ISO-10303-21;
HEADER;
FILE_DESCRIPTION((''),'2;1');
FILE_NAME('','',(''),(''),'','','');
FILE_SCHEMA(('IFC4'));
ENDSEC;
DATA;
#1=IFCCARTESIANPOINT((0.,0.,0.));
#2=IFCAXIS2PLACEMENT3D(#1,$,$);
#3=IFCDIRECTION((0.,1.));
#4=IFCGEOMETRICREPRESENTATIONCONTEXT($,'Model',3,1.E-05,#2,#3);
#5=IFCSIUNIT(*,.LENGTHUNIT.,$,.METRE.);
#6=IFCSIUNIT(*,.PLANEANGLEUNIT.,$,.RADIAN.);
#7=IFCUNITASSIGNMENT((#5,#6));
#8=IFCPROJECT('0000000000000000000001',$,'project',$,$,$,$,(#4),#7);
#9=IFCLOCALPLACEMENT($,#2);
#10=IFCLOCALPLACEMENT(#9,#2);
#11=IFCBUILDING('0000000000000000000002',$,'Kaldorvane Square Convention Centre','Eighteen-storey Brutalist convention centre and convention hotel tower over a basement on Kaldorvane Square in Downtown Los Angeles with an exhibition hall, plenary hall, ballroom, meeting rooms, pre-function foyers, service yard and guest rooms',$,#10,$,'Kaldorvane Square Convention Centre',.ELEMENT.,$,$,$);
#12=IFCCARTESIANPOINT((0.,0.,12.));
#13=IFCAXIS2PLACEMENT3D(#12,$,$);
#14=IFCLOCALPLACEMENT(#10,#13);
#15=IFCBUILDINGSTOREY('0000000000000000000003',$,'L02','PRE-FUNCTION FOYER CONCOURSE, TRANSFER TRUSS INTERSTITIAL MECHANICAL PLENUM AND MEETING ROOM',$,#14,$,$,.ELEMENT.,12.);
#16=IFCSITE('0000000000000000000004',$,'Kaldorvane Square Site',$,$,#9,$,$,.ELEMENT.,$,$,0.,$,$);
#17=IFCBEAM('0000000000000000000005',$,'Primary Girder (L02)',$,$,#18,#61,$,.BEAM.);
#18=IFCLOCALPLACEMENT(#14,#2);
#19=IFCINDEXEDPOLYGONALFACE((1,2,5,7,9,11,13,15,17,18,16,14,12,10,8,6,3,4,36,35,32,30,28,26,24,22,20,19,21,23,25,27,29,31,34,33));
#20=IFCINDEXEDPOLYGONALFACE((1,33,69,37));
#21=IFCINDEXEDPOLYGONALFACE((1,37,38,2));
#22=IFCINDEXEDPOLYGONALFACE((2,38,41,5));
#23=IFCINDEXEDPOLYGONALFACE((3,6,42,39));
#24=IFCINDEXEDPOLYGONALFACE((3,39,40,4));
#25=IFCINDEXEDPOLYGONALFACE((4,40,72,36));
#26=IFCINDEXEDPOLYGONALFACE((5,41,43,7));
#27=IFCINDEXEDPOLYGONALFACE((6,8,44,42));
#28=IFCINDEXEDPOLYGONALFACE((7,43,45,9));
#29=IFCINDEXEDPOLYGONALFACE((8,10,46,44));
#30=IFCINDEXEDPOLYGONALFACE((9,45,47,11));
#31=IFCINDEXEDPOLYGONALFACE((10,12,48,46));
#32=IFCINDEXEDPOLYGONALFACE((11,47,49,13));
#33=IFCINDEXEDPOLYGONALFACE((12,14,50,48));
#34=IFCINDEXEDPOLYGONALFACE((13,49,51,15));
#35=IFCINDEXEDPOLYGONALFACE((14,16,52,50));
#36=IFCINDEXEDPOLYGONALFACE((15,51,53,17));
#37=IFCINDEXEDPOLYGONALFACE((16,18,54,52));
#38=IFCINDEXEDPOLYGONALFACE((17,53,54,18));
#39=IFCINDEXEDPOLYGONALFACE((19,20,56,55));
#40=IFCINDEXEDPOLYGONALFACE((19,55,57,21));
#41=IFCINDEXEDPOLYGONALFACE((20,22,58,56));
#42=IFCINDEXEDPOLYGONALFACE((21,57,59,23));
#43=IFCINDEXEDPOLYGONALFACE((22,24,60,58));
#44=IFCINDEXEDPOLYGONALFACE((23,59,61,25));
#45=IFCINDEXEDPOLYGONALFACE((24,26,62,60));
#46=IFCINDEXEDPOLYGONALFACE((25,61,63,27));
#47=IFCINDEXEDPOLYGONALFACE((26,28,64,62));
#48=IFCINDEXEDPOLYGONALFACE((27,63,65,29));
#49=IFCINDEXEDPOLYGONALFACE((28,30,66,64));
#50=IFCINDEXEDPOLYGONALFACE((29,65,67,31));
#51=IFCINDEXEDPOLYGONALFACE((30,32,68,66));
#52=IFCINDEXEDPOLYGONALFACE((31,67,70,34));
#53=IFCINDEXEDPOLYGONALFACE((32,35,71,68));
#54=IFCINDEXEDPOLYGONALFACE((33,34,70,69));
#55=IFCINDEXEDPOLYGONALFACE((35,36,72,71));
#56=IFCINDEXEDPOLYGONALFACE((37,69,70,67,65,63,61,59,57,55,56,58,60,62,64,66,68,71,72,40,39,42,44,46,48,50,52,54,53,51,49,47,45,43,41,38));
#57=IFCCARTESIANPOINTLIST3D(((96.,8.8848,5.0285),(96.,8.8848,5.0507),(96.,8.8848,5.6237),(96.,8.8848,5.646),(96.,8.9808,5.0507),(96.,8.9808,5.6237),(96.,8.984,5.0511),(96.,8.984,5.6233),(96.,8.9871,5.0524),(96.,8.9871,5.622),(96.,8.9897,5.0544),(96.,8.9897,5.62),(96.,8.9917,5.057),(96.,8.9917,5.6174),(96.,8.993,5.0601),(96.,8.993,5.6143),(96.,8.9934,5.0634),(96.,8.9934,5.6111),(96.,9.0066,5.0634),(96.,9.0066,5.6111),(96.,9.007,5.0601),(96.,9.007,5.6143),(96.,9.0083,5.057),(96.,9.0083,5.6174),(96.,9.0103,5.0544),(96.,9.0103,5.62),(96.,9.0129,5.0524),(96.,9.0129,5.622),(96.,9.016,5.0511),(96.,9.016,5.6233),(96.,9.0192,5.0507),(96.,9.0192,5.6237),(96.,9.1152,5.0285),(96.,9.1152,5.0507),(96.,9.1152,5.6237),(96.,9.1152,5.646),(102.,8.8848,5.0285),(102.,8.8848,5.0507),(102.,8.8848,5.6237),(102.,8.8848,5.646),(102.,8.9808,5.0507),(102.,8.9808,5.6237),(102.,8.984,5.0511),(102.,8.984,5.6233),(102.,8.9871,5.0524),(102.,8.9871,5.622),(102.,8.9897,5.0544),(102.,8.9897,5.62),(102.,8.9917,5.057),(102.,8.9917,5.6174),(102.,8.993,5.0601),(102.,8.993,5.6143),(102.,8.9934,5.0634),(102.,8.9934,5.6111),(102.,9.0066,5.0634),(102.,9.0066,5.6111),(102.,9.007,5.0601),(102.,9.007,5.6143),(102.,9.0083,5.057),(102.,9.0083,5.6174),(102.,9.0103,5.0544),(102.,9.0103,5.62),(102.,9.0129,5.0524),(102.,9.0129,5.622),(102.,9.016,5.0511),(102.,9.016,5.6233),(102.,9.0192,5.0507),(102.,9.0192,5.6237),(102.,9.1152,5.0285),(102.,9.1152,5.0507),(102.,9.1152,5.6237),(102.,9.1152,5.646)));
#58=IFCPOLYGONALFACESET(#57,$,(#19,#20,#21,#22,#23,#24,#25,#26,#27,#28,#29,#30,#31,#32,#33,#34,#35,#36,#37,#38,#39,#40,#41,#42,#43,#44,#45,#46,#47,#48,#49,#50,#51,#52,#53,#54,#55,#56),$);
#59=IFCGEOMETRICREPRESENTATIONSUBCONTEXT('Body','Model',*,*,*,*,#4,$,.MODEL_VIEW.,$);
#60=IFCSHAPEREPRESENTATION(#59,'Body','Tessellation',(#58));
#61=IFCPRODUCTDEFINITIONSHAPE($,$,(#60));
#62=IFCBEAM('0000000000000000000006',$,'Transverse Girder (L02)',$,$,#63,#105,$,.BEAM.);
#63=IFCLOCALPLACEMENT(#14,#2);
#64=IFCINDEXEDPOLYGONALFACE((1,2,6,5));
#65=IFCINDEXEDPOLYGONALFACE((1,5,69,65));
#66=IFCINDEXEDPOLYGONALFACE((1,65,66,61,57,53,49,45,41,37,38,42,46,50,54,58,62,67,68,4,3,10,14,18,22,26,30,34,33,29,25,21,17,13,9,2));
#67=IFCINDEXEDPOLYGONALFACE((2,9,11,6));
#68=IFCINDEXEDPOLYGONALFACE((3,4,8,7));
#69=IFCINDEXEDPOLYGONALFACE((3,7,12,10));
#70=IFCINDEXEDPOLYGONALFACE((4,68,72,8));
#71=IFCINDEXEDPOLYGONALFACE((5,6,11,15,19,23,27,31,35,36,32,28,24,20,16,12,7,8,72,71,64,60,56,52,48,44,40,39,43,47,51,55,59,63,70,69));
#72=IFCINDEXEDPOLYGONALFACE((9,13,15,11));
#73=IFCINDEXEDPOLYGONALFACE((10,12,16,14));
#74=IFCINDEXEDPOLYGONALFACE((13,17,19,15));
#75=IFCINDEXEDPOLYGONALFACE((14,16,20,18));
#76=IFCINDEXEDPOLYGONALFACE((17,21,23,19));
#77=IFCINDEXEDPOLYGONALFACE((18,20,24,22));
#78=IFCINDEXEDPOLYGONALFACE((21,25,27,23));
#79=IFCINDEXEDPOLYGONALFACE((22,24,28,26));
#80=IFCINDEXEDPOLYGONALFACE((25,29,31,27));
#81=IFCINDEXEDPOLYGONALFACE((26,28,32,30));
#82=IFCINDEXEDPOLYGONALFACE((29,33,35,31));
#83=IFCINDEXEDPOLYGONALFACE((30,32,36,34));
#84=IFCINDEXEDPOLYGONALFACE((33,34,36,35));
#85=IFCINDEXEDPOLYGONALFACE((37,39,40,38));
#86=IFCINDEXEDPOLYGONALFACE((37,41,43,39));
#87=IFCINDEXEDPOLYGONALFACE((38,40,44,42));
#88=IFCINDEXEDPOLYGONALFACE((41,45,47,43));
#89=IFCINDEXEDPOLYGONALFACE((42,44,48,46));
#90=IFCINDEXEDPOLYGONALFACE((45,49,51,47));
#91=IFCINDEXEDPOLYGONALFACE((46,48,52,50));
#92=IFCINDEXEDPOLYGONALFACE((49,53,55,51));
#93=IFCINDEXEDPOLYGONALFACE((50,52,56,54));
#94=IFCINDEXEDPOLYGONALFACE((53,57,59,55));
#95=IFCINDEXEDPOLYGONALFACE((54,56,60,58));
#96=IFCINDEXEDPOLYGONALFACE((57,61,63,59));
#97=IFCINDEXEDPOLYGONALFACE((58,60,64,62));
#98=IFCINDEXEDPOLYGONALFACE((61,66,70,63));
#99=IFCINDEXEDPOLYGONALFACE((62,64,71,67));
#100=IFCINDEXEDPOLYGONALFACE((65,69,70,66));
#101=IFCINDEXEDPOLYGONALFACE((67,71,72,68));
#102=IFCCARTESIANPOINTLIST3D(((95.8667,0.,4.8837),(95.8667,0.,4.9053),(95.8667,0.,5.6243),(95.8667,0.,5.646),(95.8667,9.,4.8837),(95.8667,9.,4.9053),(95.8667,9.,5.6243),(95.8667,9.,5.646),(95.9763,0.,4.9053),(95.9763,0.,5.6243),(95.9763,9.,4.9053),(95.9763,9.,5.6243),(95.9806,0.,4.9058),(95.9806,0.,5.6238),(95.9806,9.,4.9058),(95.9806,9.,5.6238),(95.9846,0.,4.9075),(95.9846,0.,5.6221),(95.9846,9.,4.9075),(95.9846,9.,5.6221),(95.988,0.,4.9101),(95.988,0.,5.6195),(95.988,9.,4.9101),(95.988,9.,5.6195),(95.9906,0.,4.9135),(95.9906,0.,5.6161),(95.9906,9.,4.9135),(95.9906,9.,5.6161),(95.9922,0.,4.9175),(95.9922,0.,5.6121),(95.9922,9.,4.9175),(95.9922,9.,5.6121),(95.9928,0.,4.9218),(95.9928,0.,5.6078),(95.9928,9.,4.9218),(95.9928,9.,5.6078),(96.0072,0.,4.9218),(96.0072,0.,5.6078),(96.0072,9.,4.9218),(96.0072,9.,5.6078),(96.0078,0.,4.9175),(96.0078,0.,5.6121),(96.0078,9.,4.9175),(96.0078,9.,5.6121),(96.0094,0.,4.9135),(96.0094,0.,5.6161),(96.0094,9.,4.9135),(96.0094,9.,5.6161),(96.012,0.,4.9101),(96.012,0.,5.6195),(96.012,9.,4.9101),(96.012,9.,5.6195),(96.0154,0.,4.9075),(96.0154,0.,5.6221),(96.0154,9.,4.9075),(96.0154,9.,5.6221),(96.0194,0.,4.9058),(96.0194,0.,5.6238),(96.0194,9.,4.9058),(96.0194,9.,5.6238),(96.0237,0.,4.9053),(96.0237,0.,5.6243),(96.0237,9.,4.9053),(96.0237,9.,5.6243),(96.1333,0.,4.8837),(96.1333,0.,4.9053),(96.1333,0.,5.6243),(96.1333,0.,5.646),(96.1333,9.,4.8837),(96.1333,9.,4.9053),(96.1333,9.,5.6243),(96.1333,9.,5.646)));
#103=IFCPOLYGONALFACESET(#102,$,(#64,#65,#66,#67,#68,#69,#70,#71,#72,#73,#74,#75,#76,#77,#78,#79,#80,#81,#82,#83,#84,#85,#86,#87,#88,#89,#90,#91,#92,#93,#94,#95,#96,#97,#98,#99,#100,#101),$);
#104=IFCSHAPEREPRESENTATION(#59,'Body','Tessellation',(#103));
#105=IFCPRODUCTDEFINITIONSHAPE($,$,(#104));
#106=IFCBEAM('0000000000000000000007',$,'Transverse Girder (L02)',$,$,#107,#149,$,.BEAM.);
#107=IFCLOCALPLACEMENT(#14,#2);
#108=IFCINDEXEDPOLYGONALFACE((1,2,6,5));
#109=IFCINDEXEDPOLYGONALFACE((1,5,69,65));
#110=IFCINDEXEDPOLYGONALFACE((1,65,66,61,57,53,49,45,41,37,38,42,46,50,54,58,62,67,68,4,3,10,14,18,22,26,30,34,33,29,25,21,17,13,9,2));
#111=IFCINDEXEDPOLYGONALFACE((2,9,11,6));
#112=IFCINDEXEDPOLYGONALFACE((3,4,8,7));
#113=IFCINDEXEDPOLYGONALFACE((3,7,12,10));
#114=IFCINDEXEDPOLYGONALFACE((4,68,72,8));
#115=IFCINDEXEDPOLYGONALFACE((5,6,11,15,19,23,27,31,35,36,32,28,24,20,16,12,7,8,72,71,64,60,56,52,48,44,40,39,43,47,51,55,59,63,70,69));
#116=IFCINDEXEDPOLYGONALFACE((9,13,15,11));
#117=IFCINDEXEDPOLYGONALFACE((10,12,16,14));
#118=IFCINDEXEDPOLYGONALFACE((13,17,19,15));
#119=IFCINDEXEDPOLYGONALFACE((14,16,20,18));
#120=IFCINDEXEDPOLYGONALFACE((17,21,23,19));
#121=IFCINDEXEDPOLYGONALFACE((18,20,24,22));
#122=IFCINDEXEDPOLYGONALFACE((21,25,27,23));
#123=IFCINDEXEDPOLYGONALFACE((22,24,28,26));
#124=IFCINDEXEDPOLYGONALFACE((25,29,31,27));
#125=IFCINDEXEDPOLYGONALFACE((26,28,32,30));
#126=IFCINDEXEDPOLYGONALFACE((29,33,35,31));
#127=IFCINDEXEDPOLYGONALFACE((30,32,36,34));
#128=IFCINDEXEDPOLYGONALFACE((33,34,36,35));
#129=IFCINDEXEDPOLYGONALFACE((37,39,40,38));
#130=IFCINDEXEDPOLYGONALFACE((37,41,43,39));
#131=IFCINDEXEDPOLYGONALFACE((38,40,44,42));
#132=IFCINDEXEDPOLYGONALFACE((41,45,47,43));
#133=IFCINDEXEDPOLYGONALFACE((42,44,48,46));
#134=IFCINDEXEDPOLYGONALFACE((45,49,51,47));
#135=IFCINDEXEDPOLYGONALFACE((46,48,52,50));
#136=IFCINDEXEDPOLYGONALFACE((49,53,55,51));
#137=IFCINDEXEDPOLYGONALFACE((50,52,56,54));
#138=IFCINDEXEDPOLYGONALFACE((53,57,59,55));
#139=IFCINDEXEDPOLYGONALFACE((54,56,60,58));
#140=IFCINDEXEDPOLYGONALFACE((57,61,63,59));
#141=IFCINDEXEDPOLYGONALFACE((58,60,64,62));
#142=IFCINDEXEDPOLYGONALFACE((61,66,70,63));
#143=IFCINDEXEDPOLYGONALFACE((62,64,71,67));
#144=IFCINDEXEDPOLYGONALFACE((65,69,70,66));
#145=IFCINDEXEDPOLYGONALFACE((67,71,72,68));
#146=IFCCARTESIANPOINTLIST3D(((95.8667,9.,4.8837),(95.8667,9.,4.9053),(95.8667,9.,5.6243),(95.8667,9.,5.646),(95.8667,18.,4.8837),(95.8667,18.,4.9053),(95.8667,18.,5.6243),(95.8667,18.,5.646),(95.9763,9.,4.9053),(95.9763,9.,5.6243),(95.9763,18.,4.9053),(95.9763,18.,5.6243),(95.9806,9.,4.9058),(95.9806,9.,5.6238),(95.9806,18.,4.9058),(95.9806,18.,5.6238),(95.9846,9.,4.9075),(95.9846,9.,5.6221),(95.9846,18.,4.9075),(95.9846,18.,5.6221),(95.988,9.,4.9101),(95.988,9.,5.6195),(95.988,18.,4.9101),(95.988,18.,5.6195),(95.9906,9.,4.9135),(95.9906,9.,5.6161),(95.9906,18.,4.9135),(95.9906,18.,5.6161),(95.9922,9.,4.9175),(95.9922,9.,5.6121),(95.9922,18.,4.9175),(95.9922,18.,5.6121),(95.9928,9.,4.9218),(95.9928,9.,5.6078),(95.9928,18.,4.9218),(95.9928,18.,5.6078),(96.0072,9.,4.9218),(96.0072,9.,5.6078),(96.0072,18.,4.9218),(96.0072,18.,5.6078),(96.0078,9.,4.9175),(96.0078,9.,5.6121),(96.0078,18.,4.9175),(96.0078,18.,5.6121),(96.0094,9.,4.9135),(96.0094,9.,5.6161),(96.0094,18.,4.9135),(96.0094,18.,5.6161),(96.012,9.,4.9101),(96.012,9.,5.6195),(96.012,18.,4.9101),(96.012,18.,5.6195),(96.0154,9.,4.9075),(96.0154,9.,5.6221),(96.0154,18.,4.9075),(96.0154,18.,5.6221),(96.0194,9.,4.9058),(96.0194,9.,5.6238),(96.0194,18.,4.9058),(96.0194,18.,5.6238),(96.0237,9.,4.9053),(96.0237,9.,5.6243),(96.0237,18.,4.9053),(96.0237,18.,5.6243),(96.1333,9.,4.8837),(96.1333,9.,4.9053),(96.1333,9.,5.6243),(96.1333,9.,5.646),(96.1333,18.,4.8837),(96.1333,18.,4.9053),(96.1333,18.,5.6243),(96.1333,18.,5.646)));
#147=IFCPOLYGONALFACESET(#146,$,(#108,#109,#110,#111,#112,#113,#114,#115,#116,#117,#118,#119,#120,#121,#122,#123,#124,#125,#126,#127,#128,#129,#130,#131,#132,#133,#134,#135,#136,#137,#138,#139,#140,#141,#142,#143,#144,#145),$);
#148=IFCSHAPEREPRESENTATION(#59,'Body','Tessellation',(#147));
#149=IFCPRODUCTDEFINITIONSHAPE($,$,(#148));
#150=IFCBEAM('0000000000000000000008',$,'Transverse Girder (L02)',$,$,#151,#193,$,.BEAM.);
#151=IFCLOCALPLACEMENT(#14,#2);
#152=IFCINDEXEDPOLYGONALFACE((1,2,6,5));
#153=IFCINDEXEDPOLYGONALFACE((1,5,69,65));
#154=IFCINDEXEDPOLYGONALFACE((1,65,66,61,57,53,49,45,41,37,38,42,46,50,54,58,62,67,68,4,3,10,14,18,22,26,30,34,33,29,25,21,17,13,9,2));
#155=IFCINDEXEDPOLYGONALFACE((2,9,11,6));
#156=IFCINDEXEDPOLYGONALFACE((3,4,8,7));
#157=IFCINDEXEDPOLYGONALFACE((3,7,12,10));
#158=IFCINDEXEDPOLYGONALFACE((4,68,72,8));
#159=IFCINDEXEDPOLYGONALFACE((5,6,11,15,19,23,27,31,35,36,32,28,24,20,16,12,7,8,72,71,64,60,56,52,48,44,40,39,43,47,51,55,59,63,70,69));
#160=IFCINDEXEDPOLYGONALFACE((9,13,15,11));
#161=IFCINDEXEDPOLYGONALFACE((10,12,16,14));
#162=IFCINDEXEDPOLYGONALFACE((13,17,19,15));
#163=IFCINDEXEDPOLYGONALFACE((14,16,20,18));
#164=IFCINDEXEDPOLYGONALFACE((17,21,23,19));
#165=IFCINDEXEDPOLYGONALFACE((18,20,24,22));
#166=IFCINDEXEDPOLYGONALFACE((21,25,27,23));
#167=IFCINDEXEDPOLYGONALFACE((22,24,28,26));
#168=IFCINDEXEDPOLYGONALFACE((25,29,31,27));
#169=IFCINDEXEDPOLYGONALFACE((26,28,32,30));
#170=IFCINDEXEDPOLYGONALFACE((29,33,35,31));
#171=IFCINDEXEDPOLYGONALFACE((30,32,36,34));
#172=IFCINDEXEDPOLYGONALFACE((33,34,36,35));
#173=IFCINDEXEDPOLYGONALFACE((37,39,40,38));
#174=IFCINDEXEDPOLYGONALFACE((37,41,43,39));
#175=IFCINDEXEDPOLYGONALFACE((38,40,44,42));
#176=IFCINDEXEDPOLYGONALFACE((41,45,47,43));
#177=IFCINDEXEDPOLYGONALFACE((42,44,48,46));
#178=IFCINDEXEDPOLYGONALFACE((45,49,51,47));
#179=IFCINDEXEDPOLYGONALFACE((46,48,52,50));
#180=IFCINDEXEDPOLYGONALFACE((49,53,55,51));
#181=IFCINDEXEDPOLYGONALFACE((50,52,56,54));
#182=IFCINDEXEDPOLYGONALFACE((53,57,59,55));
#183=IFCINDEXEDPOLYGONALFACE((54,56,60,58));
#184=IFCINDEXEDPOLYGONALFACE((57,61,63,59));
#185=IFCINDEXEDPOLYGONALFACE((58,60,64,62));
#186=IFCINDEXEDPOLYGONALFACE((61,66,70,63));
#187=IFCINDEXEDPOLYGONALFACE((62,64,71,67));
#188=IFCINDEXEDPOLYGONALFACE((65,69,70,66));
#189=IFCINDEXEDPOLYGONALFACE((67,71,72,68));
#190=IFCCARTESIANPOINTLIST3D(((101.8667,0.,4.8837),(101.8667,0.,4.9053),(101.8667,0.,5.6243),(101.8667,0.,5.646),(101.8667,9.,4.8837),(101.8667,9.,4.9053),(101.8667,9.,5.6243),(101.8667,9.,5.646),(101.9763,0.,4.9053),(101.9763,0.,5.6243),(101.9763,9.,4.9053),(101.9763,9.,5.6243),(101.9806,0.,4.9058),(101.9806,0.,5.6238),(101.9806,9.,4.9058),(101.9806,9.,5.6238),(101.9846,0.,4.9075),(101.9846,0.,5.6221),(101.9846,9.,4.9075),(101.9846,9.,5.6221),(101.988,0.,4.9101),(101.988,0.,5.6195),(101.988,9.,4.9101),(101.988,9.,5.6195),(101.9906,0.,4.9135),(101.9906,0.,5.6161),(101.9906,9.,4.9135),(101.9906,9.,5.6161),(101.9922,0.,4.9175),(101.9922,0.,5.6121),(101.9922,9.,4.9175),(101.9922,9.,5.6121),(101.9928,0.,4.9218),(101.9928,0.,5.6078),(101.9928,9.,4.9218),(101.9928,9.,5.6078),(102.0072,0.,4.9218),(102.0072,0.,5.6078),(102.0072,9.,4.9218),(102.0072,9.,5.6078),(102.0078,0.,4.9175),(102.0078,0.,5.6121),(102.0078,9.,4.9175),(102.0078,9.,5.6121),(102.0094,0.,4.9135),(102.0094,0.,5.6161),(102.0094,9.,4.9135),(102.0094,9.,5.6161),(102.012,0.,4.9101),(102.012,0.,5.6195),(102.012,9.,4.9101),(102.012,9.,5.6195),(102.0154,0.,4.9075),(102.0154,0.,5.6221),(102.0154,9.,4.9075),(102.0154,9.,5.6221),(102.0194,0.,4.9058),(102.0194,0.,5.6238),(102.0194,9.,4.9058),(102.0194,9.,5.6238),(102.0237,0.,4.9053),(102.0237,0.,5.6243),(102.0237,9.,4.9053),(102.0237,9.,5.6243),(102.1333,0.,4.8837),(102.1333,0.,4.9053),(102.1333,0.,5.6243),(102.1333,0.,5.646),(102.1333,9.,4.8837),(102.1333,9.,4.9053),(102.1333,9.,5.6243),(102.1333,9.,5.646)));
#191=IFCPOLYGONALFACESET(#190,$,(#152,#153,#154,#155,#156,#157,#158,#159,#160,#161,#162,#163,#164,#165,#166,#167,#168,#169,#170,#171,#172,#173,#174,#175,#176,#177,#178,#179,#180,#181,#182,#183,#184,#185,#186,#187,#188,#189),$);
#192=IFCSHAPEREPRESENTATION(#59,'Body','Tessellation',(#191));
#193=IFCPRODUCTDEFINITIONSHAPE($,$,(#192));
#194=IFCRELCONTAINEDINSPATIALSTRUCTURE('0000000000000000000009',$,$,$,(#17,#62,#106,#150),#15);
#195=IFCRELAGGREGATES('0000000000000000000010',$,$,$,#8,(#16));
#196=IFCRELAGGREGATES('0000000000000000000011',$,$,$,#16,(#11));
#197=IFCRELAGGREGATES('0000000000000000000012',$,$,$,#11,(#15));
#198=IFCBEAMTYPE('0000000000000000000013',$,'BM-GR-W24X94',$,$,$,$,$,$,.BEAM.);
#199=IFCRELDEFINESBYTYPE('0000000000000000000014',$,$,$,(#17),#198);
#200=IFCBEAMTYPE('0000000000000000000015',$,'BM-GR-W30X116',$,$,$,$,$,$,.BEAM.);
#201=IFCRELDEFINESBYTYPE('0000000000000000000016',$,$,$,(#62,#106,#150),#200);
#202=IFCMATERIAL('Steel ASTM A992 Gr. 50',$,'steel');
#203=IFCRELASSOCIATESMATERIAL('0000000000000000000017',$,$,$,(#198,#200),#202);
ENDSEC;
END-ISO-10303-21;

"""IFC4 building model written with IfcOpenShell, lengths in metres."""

from ifc_helpers import new_model, si_unit, direction, frame, origin, origin_2d, place, context, subcontext, project, spatial, i_section, extrude, material, material_profile, profile_set, type_object, element, save


model = new_model("IFC4")

# Units and contexts
model_context = context("Model", 3, precision=1e-05, world=origin(), true_north=direction((0.0, 1.0)))
body_context = subcontext(model_context, "Body", "Model", "MODEL_VIEW")
ifc_project = project(units=[si_unit("LENGTHUNIT", "METRE"), si_unit("PLANEANGLEUNIT", "RADIAN")], contexts=[model_context])

# Site, building, storey
site_placement = place(None, origin())
site = spatial("IfcSite", under=ifc_project, at=site_placement, Name="Kaldorvane Square Site", CompositionType="ELEMENT", RefElevation=0.0)
building_placement = place(site_placement, origin())
building = spatial("IfcBuilding", under=site, at=building_placement, Name="Kaldorvane Square Convention Centre", Description="Eighteen-storey Brutalist convention centre and convention hotel tower over a basement on Kaldorvane Square in Downtown Los Angeles with an exhibition hall, plenary hall, ballroom, meeting rooms, pre-function foyers, service yard and guest rooms", LongName="Kaldorvane Square Convention Centre", CompositionType="ELEMENT")
storey_placement = place(building_placement, frame((0.0, 0.0, 12.0)))
storey = spatial("IfcBuildingStorey", under=building, at=storey_placement, Name="L02", Description="PRE-FUNCTION FOYER CONCOURSE, TRANSFER TRUSS INTERSTITIAL MECHANICAL PLENUM AND MEETING ROOM", CompositionType="ELEMENT", Elevation=12.0)

# Shared definitions
ifc_material_1 = material(Name="Steel ASTM A992 Gr. 50", Category="steel")

# Beams
ifc_material_profile_1 = material_profile(ifc_material_1, i_section(OverallWidth=0.2303, OverallDepth=0.6175, WebThickness=0.0131, FlangeThickness=0.0222, FilletRadius=0.0127, at=origin_2d()), Name="W24X94")
ifc_profile_set_1 = profile_set([ifc_material_profile_1], Name="Steel ASTM A992 Gr. 50")
beam_type_1 = type_object("IfcBeamType", Name="BM-GR-W24X94", PredefinedType="BEAM", material=ifc_profile_set_1)
beam_1_placement = place(storey_placement, frame((96.0, 9.0, 5.3372), z_axis=(1.0, 0.0, 0.0), x_axis=(0.0, 1.0, 0.0)))
element("IfcBeam", 1, at=beam_1_placement, inside=storey, type_object=beam_type_1, Name="Primary Girder (L02)", PredefinedType="BEAM", context=body_context, shape_type="SweptSolid", body=[
    extrude(i_section(OverallWidth=0.2303, OverallDepth=0.6175, WebThickness=0.0131, FlangeThickness=0.0222, FilletRadius=0.0127, at=origin_2d()), origin(), (0.0, 0.0, 1.0), 6.0),
])
ifc_material_profile_2 = material_profile(ifc_material_1, i_section(OverallWidth=0.2666, OverallDepth=0.7623, WebThickness=0.0144, FlangeThickness=0.0216, FilletRadius=0.0165, at=origin_2d()), Name="W30X116")
ifc_profile_set_2 = profile_set([ifc_material_profile_2], Name="Steel ASTM A992 Gr. 50")
beam_type_2 = type_object("IfcBeamType", Name="BM-GR-W30X116", PredefinedType="BEAM", material=ifc_profile_set_2)
for number, where, z_axis, x_axis, name in (
    (2, (96.0, 0.0, 5.2648), (0.0, 1.0, 0.0), (-1.0, 0.0, 0.0), "Transverse Girder (L02)"),
    (3, (96.0, 9.0, 5.2648), (0.0, 1.0, 0.0), (-1.0, 0.0, 0.0), "Transverse Girder (L02)"),
    (4, (102.0, 0.0, 5.2648), (0.0, 1.0, 0.0), (-1.0, 0.0, 0.0), "Transverse Girder (L02)"),
):
    element("IfcBeam", number, at=place(storey_placement, frame(where, z_axis=z_axis, x_axis=x_axis)), inside=storey, type_object=beam_type_2, Name=name, PredefinedType="BEAM", context=body_context, shape_type="SweptSolid", body=[
        extrude(i_section(OverallWidth=0.2666, OverallDepth=0.7623, WebThickness=0.0144, FlangeThickness=0.0216, FilletRadius=0.0165, at=origin_2d()), origin(), (0.0, 0.0, 1.0), 9.0),
    ])

save(model, "model.ifc")
